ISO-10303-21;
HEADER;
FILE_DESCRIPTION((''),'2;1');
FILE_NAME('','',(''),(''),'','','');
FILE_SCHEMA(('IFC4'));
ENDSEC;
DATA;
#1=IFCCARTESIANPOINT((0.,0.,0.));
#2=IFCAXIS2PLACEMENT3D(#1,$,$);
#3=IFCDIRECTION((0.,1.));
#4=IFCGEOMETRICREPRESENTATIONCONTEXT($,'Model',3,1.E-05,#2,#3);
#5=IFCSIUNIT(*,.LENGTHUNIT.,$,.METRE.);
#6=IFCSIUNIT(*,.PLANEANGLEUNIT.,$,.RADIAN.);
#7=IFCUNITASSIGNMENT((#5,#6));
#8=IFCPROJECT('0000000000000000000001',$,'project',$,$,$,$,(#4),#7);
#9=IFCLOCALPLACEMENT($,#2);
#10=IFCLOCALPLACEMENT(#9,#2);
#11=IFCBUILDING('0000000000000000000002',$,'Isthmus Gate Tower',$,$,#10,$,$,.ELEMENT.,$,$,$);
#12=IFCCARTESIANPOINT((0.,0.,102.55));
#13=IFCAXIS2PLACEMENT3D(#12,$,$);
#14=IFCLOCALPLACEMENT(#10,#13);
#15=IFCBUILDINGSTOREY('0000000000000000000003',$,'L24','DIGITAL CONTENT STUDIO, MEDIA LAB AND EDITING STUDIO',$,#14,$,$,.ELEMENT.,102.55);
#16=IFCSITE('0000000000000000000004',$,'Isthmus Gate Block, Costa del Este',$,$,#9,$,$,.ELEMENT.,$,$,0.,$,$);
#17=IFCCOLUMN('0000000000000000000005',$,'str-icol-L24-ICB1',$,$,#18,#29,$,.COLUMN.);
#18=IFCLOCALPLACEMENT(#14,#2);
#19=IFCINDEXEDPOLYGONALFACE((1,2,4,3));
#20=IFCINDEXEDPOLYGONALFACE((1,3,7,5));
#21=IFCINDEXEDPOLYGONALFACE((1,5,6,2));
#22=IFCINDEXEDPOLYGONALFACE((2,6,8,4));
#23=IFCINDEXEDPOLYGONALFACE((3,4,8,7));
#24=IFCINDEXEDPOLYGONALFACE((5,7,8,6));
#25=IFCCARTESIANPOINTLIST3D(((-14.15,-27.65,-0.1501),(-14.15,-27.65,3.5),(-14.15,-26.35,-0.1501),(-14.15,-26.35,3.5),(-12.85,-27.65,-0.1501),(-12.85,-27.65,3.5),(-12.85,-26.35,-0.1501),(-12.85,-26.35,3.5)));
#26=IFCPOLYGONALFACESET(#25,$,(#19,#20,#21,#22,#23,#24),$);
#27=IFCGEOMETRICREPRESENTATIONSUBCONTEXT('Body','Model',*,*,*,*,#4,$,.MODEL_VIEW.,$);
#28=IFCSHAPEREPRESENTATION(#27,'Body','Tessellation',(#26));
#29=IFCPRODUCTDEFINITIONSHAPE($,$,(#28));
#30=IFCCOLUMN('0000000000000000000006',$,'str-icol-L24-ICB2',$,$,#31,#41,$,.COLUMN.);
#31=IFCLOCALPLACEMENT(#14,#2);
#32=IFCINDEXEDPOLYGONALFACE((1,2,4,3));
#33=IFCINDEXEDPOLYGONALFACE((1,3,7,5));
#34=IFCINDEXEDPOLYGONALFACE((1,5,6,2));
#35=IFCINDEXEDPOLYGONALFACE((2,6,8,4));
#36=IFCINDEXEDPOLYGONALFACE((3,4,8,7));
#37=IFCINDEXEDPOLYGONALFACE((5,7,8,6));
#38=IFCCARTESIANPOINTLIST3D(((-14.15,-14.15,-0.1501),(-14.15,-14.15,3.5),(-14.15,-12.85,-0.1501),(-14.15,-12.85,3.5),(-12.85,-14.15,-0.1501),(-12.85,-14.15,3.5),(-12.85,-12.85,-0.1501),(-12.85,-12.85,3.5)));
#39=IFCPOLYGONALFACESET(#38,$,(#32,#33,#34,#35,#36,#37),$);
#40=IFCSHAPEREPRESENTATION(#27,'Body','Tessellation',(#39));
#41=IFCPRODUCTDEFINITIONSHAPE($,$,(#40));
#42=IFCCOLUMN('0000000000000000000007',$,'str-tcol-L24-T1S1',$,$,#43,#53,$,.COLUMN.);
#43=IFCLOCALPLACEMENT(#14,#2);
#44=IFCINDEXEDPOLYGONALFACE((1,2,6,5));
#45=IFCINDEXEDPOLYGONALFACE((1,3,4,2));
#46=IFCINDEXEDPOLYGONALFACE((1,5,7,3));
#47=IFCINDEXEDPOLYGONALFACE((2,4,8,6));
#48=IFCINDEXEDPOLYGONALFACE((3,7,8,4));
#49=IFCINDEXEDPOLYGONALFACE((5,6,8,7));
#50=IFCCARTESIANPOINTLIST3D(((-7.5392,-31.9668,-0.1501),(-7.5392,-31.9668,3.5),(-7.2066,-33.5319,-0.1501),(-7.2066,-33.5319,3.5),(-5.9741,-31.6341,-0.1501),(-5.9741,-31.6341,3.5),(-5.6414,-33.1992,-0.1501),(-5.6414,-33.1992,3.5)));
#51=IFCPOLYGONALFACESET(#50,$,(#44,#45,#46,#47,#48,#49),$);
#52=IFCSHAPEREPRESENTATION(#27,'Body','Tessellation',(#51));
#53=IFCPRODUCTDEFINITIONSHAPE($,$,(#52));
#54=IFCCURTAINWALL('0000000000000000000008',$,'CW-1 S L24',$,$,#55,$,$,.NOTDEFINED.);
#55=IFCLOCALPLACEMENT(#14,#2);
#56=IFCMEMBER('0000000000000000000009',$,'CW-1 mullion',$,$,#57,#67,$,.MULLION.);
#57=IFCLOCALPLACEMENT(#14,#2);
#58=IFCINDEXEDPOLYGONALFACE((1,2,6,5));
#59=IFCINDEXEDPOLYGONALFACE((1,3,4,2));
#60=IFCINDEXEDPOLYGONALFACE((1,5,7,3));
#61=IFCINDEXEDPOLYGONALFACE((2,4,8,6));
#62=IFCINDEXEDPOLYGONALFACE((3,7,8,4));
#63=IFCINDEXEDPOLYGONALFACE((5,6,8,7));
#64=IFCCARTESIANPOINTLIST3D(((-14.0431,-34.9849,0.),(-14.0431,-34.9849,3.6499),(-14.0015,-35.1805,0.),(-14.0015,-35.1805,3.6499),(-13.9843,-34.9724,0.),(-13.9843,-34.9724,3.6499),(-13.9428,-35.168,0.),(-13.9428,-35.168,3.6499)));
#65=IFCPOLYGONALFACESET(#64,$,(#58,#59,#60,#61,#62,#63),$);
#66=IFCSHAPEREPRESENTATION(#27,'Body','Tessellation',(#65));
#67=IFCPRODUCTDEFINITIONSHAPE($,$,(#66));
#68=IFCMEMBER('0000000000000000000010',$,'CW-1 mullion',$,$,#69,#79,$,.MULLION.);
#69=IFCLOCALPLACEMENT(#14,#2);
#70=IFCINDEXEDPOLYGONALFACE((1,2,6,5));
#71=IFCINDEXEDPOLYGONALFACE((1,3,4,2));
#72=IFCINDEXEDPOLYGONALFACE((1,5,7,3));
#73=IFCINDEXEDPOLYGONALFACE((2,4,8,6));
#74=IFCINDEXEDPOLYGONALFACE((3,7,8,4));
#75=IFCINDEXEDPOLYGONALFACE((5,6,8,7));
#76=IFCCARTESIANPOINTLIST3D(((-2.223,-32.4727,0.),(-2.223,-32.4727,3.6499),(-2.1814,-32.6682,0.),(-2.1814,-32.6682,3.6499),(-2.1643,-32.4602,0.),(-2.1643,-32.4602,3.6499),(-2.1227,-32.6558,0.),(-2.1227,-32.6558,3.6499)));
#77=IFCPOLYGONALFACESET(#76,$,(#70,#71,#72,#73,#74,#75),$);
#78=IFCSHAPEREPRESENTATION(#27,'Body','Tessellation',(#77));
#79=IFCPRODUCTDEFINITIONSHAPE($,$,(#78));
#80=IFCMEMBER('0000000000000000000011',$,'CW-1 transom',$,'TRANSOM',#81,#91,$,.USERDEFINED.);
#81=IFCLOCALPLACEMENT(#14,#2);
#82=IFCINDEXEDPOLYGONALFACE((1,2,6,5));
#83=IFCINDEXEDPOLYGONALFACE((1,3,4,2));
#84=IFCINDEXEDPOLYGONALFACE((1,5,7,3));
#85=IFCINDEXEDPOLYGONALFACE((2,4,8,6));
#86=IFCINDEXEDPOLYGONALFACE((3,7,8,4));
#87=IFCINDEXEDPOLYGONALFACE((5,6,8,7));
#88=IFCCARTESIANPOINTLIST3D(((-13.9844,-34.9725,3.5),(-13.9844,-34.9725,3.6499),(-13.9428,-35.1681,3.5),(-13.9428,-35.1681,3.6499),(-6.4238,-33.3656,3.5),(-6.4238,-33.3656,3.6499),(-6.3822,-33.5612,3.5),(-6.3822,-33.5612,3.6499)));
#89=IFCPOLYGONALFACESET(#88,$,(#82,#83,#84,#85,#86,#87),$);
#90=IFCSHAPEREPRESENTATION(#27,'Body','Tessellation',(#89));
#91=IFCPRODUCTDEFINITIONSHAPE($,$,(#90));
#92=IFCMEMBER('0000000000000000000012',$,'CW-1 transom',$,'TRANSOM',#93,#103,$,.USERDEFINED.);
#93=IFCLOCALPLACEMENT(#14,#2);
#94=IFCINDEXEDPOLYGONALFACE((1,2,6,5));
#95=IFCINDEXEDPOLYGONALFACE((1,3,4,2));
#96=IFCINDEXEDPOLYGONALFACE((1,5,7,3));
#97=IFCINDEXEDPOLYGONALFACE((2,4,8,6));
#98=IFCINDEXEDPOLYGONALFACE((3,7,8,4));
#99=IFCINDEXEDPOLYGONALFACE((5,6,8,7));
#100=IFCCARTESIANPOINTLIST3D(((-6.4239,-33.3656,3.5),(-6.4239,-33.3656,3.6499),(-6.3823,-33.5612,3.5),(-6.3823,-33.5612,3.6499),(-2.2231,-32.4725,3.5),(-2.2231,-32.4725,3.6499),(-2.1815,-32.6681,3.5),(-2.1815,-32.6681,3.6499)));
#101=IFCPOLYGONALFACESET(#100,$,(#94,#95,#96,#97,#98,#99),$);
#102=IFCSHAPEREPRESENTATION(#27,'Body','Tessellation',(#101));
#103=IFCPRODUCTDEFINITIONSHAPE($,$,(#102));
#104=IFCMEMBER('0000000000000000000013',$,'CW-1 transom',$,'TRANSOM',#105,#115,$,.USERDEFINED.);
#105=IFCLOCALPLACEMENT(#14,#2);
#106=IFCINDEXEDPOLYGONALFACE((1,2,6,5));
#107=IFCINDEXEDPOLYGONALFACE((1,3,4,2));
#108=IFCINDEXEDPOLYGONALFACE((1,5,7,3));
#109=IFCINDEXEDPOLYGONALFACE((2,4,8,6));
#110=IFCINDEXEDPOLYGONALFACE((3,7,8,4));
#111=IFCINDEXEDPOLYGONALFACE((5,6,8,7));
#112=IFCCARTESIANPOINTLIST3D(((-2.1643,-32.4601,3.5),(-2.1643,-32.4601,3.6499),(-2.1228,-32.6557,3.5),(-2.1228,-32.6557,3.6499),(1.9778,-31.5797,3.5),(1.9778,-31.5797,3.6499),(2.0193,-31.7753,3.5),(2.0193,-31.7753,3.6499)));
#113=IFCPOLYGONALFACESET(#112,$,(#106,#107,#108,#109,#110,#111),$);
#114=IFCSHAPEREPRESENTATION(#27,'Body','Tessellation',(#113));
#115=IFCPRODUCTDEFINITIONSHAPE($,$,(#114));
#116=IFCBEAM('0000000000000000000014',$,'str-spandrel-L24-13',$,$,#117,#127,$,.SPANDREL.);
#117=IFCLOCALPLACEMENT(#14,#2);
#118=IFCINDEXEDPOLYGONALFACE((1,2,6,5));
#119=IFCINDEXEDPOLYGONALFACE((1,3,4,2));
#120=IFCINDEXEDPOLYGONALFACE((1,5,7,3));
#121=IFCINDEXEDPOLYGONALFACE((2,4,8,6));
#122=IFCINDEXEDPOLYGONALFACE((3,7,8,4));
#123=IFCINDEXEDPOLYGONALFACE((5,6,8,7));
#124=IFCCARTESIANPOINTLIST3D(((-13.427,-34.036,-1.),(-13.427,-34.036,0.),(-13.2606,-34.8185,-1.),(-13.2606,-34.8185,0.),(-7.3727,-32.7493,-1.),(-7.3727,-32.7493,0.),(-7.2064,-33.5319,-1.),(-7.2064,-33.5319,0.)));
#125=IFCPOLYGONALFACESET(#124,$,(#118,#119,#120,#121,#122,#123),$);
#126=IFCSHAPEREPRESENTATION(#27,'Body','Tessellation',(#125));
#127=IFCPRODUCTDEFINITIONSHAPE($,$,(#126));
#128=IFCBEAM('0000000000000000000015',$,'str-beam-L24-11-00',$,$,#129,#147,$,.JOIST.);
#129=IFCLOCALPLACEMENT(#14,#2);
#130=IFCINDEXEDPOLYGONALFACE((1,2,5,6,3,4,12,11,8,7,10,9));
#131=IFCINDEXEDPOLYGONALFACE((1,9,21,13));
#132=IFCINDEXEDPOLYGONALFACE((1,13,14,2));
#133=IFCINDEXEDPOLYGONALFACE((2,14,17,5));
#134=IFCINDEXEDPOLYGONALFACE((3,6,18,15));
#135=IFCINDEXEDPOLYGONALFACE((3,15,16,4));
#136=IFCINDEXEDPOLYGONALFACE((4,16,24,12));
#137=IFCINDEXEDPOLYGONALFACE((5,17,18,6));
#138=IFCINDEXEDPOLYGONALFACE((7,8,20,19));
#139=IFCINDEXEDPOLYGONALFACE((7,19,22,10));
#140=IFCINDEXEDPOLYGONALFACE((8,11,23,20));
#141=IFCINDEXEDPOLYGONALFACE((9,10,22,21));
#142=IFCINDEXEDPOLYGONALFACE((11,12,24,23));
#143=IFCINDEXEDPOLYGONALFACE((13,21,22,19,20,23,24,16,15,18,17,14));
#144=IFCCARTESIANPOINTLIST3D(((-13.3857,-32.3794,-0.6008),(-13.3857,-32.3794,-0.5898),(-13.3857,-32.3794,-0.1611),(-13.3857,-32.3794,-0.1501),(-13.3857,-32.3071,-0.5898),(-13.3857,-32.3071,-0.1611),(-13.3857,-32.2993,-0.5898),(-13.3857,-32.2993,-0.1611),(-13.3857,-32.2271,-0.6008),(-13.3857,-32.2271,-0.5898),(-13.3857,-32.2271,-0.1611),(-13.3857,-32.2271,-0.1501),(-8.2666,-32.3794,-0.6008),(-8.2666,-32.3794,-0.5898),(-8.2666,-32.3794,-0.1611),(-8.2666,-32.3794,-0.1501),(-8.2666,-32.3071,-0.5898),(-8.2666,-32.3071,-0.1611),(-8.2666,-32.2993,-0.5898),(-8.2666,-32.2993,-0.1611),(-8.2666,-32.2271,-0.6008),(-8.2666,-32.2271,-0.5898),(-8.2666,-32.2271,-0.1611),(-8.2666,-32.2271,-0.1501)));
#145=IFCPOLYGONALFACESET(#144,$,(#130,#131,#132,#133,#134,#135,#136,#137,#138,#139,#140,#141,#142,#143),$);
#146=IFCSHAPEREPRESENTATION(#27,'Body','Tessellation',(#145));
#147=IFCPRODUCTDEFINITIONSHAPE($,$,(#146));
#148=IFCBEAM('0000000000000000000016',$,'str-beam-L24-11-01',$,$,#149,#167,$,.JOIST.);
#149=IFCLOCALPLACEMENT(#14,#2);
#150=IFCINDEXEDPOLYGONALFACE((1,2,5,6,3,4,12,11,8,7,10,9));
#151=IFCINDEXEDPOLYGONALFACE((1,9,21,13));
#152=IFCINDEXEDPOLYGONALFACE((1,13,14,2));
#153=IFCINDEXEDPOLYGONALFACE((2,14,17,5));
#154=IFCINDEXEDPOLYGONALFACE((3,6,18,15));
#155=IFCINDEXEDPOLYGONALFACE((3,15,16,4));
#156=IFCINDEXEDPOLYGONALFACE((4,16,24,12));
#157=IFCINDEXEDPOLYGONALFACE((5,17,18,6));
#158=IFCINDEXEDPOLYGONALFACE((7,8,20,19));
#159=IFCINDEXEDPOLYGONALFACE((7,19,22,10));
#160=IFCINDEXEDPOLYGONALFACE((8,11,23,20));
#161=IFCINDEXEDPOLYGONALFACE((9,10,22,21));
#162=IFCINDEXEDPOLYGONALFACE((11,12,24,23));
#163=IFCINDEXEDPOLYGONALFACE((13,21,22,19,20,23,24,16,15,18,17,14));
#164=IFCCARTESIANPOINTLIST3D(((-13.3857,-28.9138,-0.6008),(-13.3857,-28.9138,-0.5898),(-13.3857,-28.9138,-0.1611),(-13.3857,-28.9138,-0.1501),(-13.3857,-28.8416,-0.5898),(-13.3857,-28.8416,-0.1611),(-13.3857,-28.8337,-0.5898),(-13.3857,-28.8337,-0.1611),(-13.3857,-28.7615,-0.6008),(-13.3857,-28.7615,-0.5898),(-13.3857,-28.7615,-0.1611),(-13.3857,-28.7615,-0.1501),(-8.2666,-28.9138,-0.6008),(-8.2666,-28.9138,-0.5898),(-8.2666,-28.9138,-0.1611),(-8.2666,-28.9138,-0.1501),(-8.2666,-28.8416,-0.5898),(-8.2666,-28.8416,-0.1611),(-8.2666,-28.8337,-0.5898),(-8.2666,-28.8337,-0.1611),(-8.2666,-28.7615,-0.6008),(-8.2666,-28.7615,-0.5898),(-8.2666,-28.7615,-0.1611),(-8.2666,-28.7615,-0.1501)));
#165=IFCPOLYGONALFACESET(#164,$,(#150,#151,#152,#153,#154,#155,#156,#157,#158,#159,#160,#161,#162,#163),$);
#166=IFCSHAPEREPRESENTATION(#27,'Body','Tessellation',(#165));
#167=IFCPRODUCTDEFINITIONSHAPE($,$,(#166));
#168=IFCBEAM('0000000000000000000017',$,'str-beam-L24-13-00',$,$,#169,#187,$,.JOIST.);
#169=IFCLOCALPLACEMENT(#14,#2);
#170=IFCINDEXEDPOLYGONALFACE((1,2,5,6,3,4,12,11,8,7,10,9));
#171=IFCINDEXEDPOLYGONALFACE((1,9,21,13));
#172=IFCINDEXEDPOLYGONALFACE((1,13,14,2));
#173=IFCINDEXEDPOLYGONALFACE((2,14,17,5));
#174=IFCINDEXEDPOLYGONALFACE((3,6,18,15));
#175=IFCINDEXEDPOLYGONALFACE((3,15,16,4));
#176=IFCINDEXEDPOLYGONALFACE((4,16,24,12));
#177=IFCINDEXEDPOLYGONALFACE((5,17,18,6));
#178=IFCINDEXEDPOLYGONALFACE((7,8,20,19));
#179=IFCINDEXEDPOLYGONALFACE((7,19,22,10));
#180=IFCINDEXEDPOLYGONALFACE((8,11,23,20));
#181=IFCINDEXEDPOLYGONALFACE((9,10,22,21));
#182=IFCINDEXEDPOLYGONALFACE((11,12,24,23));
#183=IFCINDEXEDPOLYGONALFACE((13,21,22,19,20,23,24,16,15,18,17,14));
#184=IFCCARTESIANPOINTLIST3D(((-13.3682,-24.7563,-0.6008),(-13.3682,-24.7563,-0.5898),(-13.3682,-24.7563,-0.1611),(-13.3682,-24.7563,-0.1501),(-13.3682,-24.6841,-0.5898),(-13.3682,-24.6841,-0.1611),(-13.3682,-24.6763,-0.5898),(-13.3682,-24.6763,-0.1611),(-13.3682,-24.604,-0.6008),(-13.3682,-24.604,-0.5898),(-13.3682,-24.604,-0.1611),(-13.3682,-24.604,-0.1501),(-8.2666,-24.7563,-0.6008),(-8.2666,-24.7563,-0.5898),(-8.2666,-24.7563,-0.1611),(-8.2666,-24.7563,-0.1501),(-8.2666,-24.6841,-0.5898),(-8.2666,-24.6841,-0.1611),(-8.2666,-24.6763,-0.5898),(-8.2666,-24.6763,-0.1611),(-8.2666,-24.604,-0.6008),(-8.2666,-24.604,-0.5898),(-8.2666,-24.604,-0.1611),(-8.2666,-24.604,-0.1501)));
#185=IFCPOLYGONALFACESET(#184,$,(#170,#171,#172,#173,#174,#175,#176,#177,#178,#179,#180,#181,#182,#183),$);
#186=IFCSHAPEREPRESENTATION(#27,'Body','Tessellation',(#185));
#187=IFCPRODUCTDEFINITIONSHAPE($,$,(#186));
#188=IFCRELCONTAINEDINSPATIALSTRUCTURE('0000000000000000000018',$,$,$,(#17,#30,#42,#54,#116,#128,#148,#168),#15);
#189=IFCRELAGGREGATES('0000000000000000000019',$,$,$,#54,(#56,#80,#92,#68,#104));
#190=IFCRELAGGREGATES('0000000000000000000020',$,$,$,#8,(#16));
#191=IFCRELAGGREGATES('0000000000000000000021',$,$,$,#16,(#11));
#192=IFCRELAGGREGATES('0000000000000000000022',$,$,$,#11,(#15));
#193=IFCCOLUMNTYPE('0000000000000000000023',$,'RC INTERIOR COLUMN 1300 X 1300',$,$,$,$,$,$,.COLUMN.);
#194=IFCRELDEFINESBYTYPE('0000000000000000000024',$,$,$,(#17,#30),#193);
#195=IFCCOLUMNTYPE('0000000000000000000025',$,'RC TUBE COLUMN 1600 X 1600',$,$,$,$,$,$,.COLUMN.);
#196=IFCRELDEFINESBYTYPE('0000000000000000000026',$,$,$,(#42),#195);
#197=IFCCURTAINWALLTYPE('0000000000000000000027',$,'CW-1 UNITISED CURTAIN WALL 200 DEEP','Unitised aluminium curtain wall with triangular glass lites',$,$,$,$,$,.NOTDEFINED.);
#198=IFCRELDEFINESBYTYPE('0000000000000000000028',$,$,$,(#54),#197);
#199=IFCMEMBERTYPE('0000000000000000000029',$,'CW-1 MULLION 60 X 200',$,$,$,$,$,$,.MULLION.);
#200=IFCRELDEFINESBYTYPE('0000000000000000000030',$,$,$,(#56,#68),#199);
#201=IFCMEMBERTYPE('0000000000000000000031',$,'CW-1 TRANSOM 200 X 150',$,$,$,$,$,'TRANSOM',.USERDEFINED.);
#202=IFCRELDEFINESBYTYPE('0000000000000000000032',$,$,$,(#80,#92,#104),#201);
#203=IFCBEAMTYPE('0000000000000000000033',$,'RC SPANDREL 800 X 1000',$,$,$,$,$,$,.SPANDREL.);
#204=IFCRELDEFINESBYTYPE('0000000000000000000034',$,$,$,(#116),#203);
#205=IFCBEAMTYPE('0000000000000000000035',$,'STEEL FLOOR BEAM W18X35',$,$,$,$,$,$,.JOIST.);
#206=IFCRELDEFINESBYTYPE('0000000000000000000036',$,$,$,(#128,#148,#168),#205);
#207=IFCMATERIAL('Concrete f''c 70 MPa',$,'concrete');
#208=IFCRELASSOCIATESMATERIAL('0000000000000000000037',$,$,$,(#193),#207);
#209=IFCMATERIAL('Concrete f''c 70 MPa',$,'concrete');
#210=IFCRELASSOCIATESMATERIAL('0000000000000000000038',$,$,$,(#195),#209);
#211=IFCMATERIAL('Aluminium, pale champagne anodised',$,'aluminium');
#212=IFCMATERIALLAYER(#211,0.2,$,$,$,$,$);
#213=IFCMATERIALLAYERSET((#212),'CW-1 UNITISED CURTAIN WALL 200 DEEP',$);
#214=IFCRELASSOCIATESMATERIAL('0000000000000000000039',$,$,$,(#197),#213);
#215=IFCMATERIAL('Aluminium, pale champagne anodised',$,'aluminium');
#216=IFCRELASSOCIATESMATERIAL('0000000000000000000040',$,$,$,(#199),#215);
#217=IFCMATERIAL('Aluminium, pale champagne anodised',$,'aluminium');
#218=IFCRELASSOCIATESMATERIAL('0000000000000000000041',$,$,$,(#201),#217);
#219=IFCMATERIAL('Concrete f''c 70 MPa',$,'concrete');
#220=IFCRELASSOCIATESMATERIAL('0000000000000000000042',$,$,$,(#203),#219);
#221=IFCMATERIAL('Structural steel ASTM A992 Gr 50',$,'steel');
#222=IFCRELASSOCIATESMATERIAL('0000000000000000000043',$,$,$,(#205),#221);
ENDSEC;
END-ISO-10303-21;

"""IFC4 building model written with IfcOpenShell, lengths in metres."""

from ifc_helpers import new_model, si_unit, direction, frame, origin, origin_2d, place, context, subcontext, project, spatial, rectangle, i_section, extrude, material, layer, layer_set, material_profile, profile_set, type_object, element, aggregate, save


model = new_model("IFC4")

# Units and contexts
model_context = context("Model", 3, precision=1e-05, world=origin(), true_north=direction((0.0, 1.0)))
body_context = subcontext(model_context, "Body", "Model", "MODEL_VIEW")
ifc_project = project(units=[si_unit("LENGTHUNIT", "METRE"), si_unit("PLANEANGLEUNIT", "RADIAN")], contexts=[model_context])

# Site, building, storey
site_placement = place(None, origin())
site = spatial("IfcSite", under=ifc_project, at=site_placement, Name="Isthmus Gate Block, Costa del Este", CompositionType="ELEMENT", RefElevation=0.0)
building_placement = place(site_placement, origin())
building = spatial("IfcBuilding", under=site, at=building_placement, Name="Isthmus Gate Tower", CompositionType="ELEMENT")
storey_placement = place(building_placement, frame((0.0, 0.0, 102.55)))
storey = spatial("IfcBuildingStorey", under=building, at=storey_placement, Name="L24", Description="DIGITAL CONTENT STUDIO, MEDIA LAB AND EDITING STUDIO", CompositionType="ELEMENT", Elevation=102.55)

# Columns
ifc_material_1 = material(Name="Concrete f'c 70 MPa", Category="concrete")
ifc_material_profile_1 = material_profile(ifc_material_1, rectangle(XDim=1.3, YDim=1.3, at=origin_2d()), Name="RC 1300X1300")
ifc_profile_set_1 = profile_set([ifc_material_profile_1], Name="Concrete f'c 70 MPa")
column_type_1 = type_object("IfcColumnType", Name="RC INTERIOR COLUMN 1300 X 1300", PredefinedType="COLUMN", material=ifc_profile_set_1)
for number, where, z_axis, x_axis, name in (
    (1, (-13.5, -27.0, -0.1501), (0.0, 0.0, 1.0), (1.0, 0.0, 0.0), "str-icol-L24-ICB1"),
    (2, (-13.5, -13.5, -0.1501), (0.0, 0.0, 1.0), (1.0, 0.0, 0.0), "str-icol-L24-ICB2"),
):
    element("IfcColumn", number, at=place(storey_placement, frame(where, z_axis=z_axis, x_axis=x_axis)), inside=storey, type_object=column_type_1, Name=name, PredefinedType="COLUMN", context=body_context, shape_type="SweptSolid", body=[
        extrude(rectangle(XDim=1.3, YDim=1.3, at=origin_2d()), origin(), (0.0, 0.0, 1.0), 3.6501),
    ])
ifc_material_2 = material(Name="Concrete f'c 70 MPa", Category="concrete")
ifc_material_profile_2 = material_profile(ifc_material_2, rectangle(XDim=1.6001, YDim=1.6001, at=origin_2d()), Name="RC 1600X1600")
ifc_profile_set_2 = profile_set([ifc_material_profile_2], Name="Concrete f'c 70 MPa")
column_type_2 = type_object("IfcColumnType", Name="RC TUBE COLUMN 1600 X 1600", PredefinedType="COLUMN", material=ifc_profile_set_2)
column_placement = place(storey_placement, frame((-6.5903, -32.583, -0.1501), z_axis=(0.0, 0.0, 1.0), x_axis=(0.978148, 0.207912, 0.0)))
element("IfcColumn", 3, at=column_placement, inside=storey, type_object=column_type_2, Name="str-tcol-L24-T1S1", PredefinedType="COLUMN", context=body_context, shape_type="SweptSolid", body=[
    extrude(rectangle(XDim=1.6001, YDim=1.6001, at=origin_2d()), origin(), (0.0, 0.0, 1.0), 3.6501),
])

# Curtain wall, members
ifc_material_3 = material(Name="Aluminium, pale champagne anodised", Category="aluminium")
ifc_layer_1 = layer(ifc_material_3, 0.2)
ifc_layer_set_1 = layer_set([ifc_layer_1], Name="CW-1 UNITISED CURTAIN WALL 200 DEEP")
curtain_wall_type = type_object("IfcCurtainWallType", Name="CW-1 UNITISED CURTAIN WALL 200 DEEP", Description="Unitised aluminium curtain wall with triangular glass lites", PredefinedType="NOTDEFINED", material=ifc_layer_set_1)
curtain_wall_placement = place(storey_placement, origin())
curtain_wall = element("IfcCurtainWall", 4, at=curtain_wall_placement, inside=storey, type_object=curtain_wall_type, Name="CW-1 S L24", PredefinedType="NOTDEFINED")
ifc_material_4 = material(Name="Aluminium, pale champagne anodised", Category="aluminium")
ifc_material_profile_3 = material_profile(ifc_material_4, rectangle(XDim=0.0601, YDim=0.2, at=origin_2d()), Name="60x200")
ifc_profile_set_3 = profile_set([ifc_material_profile_3], Name="Aluminium, pale champagne anodised")
member_type_1 = type_object("IfcMemberType", Name="CW-1 MULLION 60 X 200", PredefinedType="MULLION", material=ifc_profile_set_3)
member_1_placement = place(storey_placement, frame((-13.9929, -35.0764, 0.0), z_axis=(0.0, 0.0, 1.0), x_axis=(0.978148, 0.207912, 0.0)))
member_1 = element("IfcMember", 5, at=member_1_placement, type_object=member_type_1, Name="CW-1 mullion", PredefinedType="MULLION", context=body_context, shape_type="SweptSolid", body=[
    extrude(rectangle(XDim=0.0601, YDim=0.2, at=origin_2d()), origin(), (0.0, 0.0, 1.0), 3.6499),
])
member_2_placement = place(storey_placement, frame((-2.1729, -32.5642, 0.0), z_axis=(0.0, 0.0, 1.0), x_axis=(0.978148, 0.207912, 0.0)))
member_2 = element("IfcMember", 6, at=member_2_placement, type_object=member_type_1, Name="CW-1 mullion", PredefinedType="MULLION", context=body_context, shape_type="SweptSolid", body=[
    extrude(rectangle(XDim=0.0601, YDim=0.2, at=origin_2d()), origin(), (0.0, 0.0, 1.0), 3.6499),
])
ifc_material_5 = material(Name="Aluminium, pale champagne anodised", Category="aluminium")
ifc_material_profile_4 = material_profile(ifc_material_5, rectangle(XDim=0.2, YDim=0.1499, at=origin_2d()), Name="200x150")
ifc_profile_set_4 = profile_set([ifc_material_profile_4], Name="Aluminium, pale champagne anodised")
member_type_2 = type_object("IfcMemberType", Name="CW-1 TRANSOM 200 X 150", ElementType="TRANSOM", PredefinedType="USERDEFINED", material=ifc_profile_set_4)
member_3_placement = place(storey_placement, frame((-13.9636, -35.0703, 3.575), z_axis=(0.978151, 0.207898, 0.0), x_axis=(-0.207898, 0.978151, 0.0)))
member_3 = element("IfcMember", 7, at=member_3_placement, type_object=member_type_2, Name="CW-1 transom", ObjectType="TRANSOM", PredefinedType="USERDEFINED", context=body_context, shape_type="SweptSolid", body=[
    extrude(rectangle(XDim=0.2, YDim=0.1499, at=origin_2d()), origin(), (0.0, 0.0, 1.0), 7.7295),
])
member_4_placement = place(storey_placement, frame((-6.4031, -33.4634, 3.575), z_axis=(0.978139, 0.207953, 0.0), x_axis=(-0.207953, 0.978139, 0.0)))
member_4 = element("IfcMember", 8, at=member_4_placement, type_object=member_type_2, Name="CW-1 transom", ObjectType="TRANSOM", PredefinedType="USERDEFINED", context=body_context, shape_type="SweptSolid", body=[
    extrude(rectangle(XDim=0.2, YDim=0.1499, at=origin_2d()), origin(), (0.0, 0.0, 1.0), 4.2947),
])
member_5_placement = place(storey_placement, frame((-2.1436, -32.5579, 3.575), z_axis=(0.97815, 0.207899, 0.0), x_axis=(-0.207899, 0.97815, 0.0)))
member_5 = element("IfcMember", 9, at=member_5_placement, type_object=member_type_2, Name="CW-1 transom", ObjectType="TRANSOM", PredefinedType="USERDEFINED", context=body_context, shape_type="SweptSolid", body=[
    extrude(rectangle(XDim=0.2, YDim=0.1499, at=origin_2d()), origin(), (0.0, 0.0, 1.0), 4.2346),
])

# Beams
ifc_material_6 = material(Name="Concrete f'c 70 MPa", Category="concrete")
ifc_material_profile_5 = material_profile(ifc_material_6, rectangle(XDim=0.8, YDim=1.0, at=origin_2d()), Name="RC 800X1000")
ifc_profile_set_5 = profile_set([ifc_material_profile_5], Name="Concrete f'c 70 MPa")
beam_type_1 = type_object("IfcBeamType", Name="RC SPANDREL 800 X 1000", PredefinedType="SPANDREL", material=ifc_profile_set_5)
beam_1_placement = place(storey_placement, frame((-7.2896, -33.1406, -0.5), z_axis=(-0.978155, -0.207875, 0.0), x_axis=(0.207875, -0.978155, 0.0)))
element("IfcBeam", 10, at=beam_1_placement, inside=storey, type_object=beam_type_1, Name="str-spandrel-L24-13", PredefinedType="SPANDREL", context=body_context, shape_type="SweptSolid", body=[
    extrude(rectangle(XDim=0.8, YDim=1.0, at=origin_2d()), origin(), (0.0, 0.0, 1.0), 6.1895),
])
ifc_material_7 = material(Name="Structural steel ASTM A992 Gr 50", Category="steel")
ifc_material_profile_6 = material_profile(ifc_material_7, i_section(OverallWidth=0.1523, OverallDepth=0.4507, WebThickness=0.0078, FlangeThickness=0.011, at=origin_2d()), Name="W18X35")
ifc_profile_set_6 = profile_set([ifc_material_profile_6], Name="Structural steel ASTM A992 Gr 50")
beam_type_2 = type_object("IfcBeamType", Name="STEEL FLOOR BEAM W18X35", PredefinedType="JOIST", material=ifc_profile_set_6)
for number, where, z_axis, x_axis, name in (
    (11, (-13.3857, -32.3032, -0.3755), (1.0, 0.0, 0.0), (0.0, 1.0, 0.0), "str-beam-L24-11-00"),
    (12, (-13.3857, -28.8376, -0.3755), (1.0, 0.0, 0.0), (0.0, 1.0, 0.0), "str-beam-L24-11-01"),
):
    element("IfcBeam", number, at=place(storey_placement, frame(where, z_axis=z_axis, x_axis=x_axis)), inside=storey, type_object=beam_type_2, Name=name, PredefinedType="JOIST", context=body_context, shape_type="SweptSolid", body=[
        extrude(i_section(OverallWidth=0.1523, OverallDepth=0.4507, WebThickness=0.0078, FlangeThickness=0.011, at=origin_2d()), origin(), (0.0, 0.0, 1.0), 5.1191),
    ])
for number, where, z_axis, x_axis, name in (
    (13, (-13.3682, -24.6802, -0.3755), (1.0, 0.0, 0.0), (0.0, 1.0, 0.0), "str-beam-L24-13-00"),
):
    element("IfcBeam", number, at=place(storey_placement, frame(where, z_axis=z_axis, x_axis=x_axis)), inside=storey, type_object=beam_type_2, Name=name, PredefinedType="JOIST", context=body_context, shape_type="SweptSolid", body=[
        extrude(i_section(OverallWidth=0.1523, OverallDepth=0.4507, WebThickness=0.0078, FlangeThickness=0.011, at=origin_2d()), origin(), (0.0, 0.0, 1.0), 5.1016),
    ])

aggregate(curtain_wall, [member_1, member_3, member_4, member_2, member_5])

save(model, "model.ifc")
